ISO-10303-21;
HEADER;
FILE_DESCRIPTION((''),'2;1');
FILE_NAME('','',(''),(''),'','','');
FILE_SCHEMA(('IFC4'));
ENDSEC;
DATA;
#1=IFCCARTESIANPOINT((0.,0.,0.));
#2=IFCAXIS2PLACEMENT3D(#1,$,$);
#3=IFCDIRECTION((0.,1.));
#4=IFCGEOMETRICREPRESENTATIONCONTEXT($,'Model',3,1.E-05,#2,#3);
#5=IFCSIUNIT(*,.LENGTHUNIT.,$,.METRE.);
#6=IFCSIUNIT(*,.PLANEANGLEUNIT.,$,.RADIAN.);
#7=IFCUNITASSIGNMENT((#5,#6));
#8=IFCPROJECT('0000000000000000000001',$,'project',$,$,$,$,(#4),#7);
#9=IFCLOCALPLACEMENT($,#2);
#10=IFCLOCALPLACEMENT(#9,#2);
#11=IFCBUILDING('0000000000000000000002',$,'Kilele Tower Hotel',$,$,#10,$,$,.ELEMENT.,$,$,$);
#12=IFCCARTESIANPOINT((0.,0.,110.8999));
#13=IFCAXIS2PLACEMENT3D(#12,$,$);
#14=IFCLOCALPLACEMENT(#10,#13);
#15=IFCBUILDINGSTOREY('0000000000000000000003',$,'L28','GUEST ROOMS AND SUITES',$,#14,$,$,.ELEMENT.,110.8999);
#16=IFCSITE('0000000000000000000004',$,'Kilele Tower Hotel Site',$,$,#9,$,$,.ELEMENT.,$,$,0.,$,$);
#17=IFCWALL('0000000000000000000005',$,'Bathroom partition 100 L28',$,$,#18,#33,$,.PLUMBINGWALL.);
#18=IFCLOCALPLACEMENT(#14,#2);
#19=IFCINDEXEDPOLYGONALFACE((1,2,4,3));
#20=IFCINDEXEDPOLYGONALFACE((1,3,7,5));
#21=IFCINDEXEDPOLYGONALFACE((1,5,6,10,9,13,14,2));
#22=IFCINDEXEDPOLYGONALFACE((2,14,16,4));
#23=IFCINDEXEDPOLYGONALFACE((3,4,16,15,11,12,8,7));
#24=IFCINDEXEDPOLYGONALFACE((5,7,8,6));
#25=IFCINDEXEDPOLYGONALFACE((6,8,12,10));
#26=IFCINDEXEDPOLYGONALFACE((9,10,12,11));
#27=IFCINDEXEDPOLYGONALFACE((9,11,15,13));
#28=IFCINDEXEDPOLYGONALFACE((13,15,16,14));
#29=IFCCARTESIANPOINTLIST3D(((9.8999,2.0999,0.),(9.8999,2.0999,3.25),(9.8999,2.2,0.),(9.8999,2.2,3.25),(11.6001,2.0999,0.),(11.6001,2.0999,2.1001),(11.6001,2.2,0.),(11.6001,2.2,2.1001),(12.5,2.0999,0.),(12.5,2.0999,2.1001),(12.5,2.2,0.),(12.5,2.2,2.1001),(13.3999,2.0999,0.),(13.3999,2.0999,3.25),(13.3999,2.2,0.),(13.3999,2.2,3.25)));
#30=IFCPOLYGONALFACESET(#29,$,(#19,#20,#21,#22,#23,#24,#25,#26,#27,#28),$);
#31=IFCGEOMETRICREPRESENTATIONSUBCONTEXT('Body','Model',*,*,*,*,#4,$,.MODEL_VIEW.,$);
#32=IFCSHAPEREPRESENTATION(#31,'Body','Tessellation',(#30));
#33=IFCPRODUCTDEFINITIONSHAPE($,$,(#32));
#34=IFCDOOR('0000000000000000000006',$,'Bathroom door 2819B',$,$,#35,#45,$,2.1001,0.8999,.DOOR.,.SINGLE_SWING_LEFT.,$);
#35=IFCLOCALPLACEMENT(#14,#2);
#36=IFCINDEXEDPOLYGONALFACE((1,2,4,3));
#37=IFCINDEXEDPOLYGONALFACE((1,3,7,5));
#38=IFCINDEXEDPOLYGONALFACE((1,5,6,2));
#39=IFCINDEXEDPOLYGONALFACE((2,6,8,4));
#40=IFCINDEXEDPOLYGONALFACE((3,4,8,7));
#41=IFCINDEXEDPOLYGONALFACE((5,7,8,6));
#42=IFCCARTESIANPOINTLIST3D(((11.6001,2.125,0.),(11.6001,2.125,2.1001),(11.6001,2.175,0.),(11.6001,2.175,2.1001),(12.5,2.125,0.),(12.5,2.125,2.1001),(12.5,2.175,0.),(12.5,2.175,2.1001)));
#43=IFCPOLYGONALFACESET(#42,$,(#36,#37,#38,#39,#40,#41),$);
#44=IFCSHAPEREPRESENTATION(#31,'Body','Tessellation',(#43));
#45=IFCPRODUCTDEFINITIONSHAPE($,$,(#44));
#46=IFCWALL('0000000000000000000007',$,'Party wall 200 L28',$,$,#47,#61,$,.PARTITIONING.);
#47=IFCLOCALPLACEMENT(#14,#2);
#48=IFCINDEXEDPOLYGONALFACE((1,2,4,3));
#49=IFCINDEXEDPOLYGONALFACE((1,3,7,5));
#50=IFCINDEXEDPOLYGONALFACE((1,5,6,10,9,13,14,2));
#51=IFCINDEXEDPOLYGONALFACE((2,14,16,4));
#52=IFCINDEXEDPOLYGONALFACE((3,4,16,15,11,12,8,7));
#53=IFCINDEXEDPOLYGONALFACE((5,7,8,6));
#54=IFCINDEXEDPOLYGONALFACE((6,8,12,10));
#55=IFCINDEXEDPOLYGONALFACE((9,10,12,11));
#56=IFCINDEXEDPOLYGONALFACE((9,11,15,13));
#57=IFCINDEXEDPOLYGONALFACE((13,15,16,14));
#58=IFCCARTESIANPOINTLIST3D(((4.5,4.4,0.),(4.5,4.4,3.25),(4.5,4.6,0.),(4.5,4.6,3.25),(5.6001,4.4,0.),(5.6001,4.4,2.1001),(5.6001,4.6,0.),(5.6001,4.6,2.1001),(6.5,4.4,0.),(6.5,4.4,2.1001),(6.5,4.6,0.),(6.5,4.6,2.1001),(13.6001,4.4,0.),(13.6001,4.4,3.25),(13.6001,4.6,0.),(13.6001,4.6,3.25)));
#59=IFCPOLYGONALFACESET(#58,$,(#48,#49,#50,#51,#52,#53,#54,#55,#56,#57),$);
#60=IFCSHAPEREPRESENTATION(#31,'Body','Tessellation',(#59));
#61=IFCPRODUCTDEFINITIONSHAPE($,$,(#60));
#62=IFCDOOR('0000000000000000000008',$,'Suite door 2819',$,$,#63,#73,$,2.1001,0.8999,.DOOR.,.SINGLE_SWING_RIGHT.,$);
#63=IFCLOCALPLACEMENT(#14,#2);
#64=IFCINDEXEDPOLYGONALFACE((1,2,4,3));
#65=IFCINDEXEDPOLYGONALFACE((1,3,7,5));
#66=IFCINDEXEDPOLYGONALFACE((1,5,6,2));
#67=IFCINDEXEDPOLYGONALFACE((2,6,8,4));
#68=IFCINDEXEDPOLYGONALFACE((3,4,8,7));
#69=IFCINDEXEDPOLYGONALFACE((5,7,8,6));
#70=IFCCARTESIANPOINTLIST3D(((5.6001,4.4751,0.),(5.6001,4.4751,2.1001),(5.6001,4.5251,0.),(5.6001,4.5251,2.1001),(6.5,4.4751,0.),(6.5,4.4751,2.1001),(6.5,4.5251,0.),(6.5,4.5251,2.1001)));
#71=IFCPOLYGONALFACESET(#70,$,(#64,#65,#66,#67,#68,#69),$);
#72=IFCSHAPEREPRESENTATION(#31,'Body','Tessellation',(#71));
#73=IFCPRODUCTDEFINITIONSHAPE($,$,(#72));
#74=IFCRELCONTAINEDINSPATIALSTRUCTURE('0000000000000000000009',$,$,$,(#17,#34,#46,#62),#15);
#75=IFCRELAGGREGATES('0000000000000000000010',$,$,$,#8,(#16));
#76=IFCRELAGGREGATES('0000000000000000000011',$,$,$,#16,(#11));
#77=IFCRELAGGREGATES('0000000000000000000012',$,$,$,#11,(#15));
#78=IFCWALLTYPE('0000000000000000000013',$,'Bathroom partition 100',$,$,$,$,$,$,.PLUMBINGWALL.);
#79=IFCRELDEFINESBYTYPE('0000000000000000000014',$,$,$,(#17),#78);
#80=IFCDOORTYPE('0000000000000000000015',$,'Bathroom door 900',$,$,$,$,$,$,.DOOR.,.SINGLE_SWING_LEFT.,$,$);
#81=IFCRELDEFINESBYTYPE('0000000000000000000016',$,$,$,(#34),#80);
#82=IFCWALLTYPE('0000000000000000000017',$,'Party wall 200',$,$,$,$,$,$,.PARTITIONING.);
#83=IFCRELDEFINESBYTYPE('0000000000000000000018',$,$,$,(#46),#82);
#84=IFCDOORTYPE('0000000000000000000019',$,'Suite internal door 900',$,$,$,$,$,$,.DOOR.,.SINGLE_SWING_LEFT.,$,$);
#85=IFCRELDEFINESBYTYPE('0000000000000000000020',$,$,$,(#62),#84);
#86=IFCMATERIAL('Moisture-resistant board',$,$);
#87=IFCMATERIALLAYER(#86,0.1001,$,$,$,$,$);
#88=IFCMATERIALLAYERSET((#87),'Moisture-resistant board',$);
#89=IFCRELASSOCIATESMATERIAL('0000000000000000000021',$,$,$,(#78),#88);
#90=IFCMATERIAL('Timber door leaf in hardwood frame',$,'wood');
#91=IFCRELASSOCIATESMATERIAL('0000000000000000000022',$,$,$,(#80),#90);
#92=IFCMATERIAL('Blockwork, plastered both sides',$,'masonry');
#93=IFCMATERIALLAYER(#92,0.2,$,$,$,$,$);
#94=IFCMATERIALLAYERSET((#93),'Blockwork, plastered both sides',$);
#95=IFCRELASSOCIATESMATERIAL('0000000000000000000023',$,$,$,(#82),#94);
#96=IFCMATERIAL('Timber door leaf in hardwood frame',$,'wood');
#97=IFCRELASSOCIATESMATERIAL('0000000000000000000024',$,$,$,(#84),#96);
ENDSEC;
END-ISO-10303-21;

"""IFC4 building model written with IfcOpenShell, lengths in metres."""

from ifc_helpers import new_model, si_unit, direction, frame, frame_2d, origin, place, context, subcontext, project, spatial, rectangle, extrude, material, layer, layer_set, type_object, element, fill, save


model = new_model("IFC4")

# Units and contexts
model_context = context("Model", 3, precision=1e-05, world=origin(), true_north=direction((0.0, 1.0)))
body_context = subcontext(model_context, "Body", "Model", "MODEL_VIEW")
ifc_project = project(units=[si_unit("LENGTHUNIT", "METRE"), si_unit("PLANEANGLEUNIT", "RADIAN")], contexts=[model_context])

# Site, building, storey
site_placement = place(None, origin())
site = spatial("IfcSite", under=ifc_project, at=site_placement, Name="Kilele Tower Hotel Site", CompositionType="ELEMENT", RefElevation=0.0)
building_placement = place(site_placement, origin())
building = spatial("IfcBuilding", under=site, at=building_placement, Name="Kilele Tower Hotel", CompositionType="ELEMENT")
storey_placement = place(building_placement, frame((0.0, 0.0, 110.8999)))
storey = spatial("IfcBuildingStorey", under=building, at=storey_placement, Name="L28", Description="GUEST ROOMS AND SUITES", CompositionType="ELEMENT", Elevation=110.8999)

# Shared definitions
ifc_material_1 = material(Name="Moisture-resistant board")
ifc_layer_1 = layer(ifc_material_1, 0.1001)
ifc_layer_set_1 = layer_set([ifc_layer_1], Name="Moisture-resistant board")
wall_type_1 = type_object("IfcWallType", Name="Bathroom partition 100", PredefinedType="PLUMBINGWALL", material=ifc_layer_set_1)

# Shared definitions
ifc_material_2 = material(Name="Timber door leaf in hardwood frame", Category="wood")
door_type_1 = type_object("IfcDoorType", Name="Bathroom door 900", OperationType="SINGLE_SWING_LEFT", PredefinedType="DOOR", material=ifc_material_2)

# Walls, openings, doors
wall_1_placement = place(storey_placement, frame((13.3999, 2.1499, 0.0), z_axis=(0.0, 0.0, 1.0), x_axis=(-1.0, 0.0, 0.0)))
wall_1 = element("IfcWall", 1, at=wall_1_placement, inside=storey, type_object=wall_type_1, Name="Bathroom partition 100 L28", PredefinedType="PLUMBINGWALL", context=body_context, shape_type="SweptSolid", body=[
    extrude(rectangle(XDim=3.5, YDim=0.1001, at=frame_2d((1.75, 0.0))), origin(), (0.0, 0.0, 1.0), 3.25),
])
opening_1_placement = place(wall_1_placement, frame((0.8999, 0.0, 0.0)))
opening_1 = element("IfcOpeningElement", 2, at=opening_1_placement, cuts=wall_1, PredefinedType="OPENING", context=body_context, shape_type="SweptSolid", body=[
    extrude(rectangle(XDim=0.8999, YDim=2.1001, at=frame_2d((0.45, 1.05))), frame((0.0, 0.0601, 0.0), z_axis=(0.0, -1.0, 0.0), x_axis=(1.0, 0.0, 0.0)), (0.0, 0.0, 1.0), 0.1201),
])
door_1_placement = place(opening_1_placement, origin())
door_1 = element("IfcDoor", 3, at=door_1_placement, inside=storey, type_object=door_type_1, Name="Bathroom door 2819B", OperationType="SINGLE_SWING_LEFT", OverallHeight=2.1001, OverallWidth=0.8999, PredefinedType="DOOR", context=body_context, shape_type="SweptSolid", body=[
    extrude(rectangle(XDim=0.8999, YDim=2.1001, at=frame_2d((0.45, 1.05))), frame((0.0, 0.0249, 0.0), z_axis=(0.0, -1.0, 0.0), x_axis=(1.0, 0.0, 0.0)), (0.0, 0.0, 1.0), 0.05),
])
fill(opening_1, door_1)
ifc_material_3 = material(Name="Blockwork, plastered both sides", Category="masonry")
ifc_layer_2 = layer(ifc_material_3, 0.2)
ifc_layer_set_2 = layer_set([ifc_layer_2], Name="Blockwork, plastered both sides")
wall_type_2 = type_object("IfcWallType", Name="Party wall 200", PredefinedType="PARTITIONING", material=ifc_layer_set_2)
wall_2_placement = place(storey_placement, frame((13.6001, 4.5, 0.0), z_axis=(0.0, 0.0, 1.0), x_axis=(-1.0, 0.0, 0.0)))
wall_2 = element("IfcWall", 4, at=wall_2_placement, inside=storey, type_object=wall_type_2, Name="Party wall 200 L28", PredefinedType="PARTITIONING", context=body_context, shape_type="SweptSolid", body=[
    extrude(rectangle(XDim=9.1001, YDim=0.2, at=frame_2d((4.55, 0.0))), origin(), (0.0, 0.0, 1.0), 3.25),
])
opening_2_placement = place(wall_2_placement, frame((7.1001, 0.0, 0.0)))
opening_2 = element("IfcOpeningElement", 5, at=opening_2_placement, cuts=wall_2, PredefinedType="OPENING", context=body_context, shape_type="SweptSolid", body=[
    extrude(rectangle(XDim=0.8999, YDim=2.1001, at=frame_2d((0.45, 1.05))), frame((0.0, 0.1099, 0.0), z_axis=(0.0, -1.0, 0.0), x_axis=(1.0, 0.0, 0.0)), (0.0, 0.0, 1.0), 0.22),
])
ifc_material_4 = material(Name="Timber door leaf in hardwood frame", Category="wood")
door_type_2 = type_object("IfcDoorType", Name="Suite internal door 900", OperationType="SINGLE_SWING_LEFT", PredefinedType="DOOR", material=ifc_material_4)
door_2_placement = place(opening_2_placement, origin())
door_2 = element("IfcDoor", 6, at=door_2_placement, inside=storey, type_object=door_type_2, Name="Suite door 2819", OperationType="SINGLE_SWING_RIGHT", OverallHeight=2.1001, OverallWidth=0.8999, PredefinedType="DOOR", context=body_context, shape_type="SweptSolid", body=[
    extrude(rectangle(XDim=0.8999, YDim=2.1001, at=frame_2d((0.45, 1.05))), frame((0.0, 0.0249, 0.0), z_axis=(0.0, -1.0, 0.0), x_axis=(1.0, 0.0, 0.0)), (0.0, 0.0, 1.0), 0.05),
])
fill(opening_2, door_2)

save(model, "model.ifc")
